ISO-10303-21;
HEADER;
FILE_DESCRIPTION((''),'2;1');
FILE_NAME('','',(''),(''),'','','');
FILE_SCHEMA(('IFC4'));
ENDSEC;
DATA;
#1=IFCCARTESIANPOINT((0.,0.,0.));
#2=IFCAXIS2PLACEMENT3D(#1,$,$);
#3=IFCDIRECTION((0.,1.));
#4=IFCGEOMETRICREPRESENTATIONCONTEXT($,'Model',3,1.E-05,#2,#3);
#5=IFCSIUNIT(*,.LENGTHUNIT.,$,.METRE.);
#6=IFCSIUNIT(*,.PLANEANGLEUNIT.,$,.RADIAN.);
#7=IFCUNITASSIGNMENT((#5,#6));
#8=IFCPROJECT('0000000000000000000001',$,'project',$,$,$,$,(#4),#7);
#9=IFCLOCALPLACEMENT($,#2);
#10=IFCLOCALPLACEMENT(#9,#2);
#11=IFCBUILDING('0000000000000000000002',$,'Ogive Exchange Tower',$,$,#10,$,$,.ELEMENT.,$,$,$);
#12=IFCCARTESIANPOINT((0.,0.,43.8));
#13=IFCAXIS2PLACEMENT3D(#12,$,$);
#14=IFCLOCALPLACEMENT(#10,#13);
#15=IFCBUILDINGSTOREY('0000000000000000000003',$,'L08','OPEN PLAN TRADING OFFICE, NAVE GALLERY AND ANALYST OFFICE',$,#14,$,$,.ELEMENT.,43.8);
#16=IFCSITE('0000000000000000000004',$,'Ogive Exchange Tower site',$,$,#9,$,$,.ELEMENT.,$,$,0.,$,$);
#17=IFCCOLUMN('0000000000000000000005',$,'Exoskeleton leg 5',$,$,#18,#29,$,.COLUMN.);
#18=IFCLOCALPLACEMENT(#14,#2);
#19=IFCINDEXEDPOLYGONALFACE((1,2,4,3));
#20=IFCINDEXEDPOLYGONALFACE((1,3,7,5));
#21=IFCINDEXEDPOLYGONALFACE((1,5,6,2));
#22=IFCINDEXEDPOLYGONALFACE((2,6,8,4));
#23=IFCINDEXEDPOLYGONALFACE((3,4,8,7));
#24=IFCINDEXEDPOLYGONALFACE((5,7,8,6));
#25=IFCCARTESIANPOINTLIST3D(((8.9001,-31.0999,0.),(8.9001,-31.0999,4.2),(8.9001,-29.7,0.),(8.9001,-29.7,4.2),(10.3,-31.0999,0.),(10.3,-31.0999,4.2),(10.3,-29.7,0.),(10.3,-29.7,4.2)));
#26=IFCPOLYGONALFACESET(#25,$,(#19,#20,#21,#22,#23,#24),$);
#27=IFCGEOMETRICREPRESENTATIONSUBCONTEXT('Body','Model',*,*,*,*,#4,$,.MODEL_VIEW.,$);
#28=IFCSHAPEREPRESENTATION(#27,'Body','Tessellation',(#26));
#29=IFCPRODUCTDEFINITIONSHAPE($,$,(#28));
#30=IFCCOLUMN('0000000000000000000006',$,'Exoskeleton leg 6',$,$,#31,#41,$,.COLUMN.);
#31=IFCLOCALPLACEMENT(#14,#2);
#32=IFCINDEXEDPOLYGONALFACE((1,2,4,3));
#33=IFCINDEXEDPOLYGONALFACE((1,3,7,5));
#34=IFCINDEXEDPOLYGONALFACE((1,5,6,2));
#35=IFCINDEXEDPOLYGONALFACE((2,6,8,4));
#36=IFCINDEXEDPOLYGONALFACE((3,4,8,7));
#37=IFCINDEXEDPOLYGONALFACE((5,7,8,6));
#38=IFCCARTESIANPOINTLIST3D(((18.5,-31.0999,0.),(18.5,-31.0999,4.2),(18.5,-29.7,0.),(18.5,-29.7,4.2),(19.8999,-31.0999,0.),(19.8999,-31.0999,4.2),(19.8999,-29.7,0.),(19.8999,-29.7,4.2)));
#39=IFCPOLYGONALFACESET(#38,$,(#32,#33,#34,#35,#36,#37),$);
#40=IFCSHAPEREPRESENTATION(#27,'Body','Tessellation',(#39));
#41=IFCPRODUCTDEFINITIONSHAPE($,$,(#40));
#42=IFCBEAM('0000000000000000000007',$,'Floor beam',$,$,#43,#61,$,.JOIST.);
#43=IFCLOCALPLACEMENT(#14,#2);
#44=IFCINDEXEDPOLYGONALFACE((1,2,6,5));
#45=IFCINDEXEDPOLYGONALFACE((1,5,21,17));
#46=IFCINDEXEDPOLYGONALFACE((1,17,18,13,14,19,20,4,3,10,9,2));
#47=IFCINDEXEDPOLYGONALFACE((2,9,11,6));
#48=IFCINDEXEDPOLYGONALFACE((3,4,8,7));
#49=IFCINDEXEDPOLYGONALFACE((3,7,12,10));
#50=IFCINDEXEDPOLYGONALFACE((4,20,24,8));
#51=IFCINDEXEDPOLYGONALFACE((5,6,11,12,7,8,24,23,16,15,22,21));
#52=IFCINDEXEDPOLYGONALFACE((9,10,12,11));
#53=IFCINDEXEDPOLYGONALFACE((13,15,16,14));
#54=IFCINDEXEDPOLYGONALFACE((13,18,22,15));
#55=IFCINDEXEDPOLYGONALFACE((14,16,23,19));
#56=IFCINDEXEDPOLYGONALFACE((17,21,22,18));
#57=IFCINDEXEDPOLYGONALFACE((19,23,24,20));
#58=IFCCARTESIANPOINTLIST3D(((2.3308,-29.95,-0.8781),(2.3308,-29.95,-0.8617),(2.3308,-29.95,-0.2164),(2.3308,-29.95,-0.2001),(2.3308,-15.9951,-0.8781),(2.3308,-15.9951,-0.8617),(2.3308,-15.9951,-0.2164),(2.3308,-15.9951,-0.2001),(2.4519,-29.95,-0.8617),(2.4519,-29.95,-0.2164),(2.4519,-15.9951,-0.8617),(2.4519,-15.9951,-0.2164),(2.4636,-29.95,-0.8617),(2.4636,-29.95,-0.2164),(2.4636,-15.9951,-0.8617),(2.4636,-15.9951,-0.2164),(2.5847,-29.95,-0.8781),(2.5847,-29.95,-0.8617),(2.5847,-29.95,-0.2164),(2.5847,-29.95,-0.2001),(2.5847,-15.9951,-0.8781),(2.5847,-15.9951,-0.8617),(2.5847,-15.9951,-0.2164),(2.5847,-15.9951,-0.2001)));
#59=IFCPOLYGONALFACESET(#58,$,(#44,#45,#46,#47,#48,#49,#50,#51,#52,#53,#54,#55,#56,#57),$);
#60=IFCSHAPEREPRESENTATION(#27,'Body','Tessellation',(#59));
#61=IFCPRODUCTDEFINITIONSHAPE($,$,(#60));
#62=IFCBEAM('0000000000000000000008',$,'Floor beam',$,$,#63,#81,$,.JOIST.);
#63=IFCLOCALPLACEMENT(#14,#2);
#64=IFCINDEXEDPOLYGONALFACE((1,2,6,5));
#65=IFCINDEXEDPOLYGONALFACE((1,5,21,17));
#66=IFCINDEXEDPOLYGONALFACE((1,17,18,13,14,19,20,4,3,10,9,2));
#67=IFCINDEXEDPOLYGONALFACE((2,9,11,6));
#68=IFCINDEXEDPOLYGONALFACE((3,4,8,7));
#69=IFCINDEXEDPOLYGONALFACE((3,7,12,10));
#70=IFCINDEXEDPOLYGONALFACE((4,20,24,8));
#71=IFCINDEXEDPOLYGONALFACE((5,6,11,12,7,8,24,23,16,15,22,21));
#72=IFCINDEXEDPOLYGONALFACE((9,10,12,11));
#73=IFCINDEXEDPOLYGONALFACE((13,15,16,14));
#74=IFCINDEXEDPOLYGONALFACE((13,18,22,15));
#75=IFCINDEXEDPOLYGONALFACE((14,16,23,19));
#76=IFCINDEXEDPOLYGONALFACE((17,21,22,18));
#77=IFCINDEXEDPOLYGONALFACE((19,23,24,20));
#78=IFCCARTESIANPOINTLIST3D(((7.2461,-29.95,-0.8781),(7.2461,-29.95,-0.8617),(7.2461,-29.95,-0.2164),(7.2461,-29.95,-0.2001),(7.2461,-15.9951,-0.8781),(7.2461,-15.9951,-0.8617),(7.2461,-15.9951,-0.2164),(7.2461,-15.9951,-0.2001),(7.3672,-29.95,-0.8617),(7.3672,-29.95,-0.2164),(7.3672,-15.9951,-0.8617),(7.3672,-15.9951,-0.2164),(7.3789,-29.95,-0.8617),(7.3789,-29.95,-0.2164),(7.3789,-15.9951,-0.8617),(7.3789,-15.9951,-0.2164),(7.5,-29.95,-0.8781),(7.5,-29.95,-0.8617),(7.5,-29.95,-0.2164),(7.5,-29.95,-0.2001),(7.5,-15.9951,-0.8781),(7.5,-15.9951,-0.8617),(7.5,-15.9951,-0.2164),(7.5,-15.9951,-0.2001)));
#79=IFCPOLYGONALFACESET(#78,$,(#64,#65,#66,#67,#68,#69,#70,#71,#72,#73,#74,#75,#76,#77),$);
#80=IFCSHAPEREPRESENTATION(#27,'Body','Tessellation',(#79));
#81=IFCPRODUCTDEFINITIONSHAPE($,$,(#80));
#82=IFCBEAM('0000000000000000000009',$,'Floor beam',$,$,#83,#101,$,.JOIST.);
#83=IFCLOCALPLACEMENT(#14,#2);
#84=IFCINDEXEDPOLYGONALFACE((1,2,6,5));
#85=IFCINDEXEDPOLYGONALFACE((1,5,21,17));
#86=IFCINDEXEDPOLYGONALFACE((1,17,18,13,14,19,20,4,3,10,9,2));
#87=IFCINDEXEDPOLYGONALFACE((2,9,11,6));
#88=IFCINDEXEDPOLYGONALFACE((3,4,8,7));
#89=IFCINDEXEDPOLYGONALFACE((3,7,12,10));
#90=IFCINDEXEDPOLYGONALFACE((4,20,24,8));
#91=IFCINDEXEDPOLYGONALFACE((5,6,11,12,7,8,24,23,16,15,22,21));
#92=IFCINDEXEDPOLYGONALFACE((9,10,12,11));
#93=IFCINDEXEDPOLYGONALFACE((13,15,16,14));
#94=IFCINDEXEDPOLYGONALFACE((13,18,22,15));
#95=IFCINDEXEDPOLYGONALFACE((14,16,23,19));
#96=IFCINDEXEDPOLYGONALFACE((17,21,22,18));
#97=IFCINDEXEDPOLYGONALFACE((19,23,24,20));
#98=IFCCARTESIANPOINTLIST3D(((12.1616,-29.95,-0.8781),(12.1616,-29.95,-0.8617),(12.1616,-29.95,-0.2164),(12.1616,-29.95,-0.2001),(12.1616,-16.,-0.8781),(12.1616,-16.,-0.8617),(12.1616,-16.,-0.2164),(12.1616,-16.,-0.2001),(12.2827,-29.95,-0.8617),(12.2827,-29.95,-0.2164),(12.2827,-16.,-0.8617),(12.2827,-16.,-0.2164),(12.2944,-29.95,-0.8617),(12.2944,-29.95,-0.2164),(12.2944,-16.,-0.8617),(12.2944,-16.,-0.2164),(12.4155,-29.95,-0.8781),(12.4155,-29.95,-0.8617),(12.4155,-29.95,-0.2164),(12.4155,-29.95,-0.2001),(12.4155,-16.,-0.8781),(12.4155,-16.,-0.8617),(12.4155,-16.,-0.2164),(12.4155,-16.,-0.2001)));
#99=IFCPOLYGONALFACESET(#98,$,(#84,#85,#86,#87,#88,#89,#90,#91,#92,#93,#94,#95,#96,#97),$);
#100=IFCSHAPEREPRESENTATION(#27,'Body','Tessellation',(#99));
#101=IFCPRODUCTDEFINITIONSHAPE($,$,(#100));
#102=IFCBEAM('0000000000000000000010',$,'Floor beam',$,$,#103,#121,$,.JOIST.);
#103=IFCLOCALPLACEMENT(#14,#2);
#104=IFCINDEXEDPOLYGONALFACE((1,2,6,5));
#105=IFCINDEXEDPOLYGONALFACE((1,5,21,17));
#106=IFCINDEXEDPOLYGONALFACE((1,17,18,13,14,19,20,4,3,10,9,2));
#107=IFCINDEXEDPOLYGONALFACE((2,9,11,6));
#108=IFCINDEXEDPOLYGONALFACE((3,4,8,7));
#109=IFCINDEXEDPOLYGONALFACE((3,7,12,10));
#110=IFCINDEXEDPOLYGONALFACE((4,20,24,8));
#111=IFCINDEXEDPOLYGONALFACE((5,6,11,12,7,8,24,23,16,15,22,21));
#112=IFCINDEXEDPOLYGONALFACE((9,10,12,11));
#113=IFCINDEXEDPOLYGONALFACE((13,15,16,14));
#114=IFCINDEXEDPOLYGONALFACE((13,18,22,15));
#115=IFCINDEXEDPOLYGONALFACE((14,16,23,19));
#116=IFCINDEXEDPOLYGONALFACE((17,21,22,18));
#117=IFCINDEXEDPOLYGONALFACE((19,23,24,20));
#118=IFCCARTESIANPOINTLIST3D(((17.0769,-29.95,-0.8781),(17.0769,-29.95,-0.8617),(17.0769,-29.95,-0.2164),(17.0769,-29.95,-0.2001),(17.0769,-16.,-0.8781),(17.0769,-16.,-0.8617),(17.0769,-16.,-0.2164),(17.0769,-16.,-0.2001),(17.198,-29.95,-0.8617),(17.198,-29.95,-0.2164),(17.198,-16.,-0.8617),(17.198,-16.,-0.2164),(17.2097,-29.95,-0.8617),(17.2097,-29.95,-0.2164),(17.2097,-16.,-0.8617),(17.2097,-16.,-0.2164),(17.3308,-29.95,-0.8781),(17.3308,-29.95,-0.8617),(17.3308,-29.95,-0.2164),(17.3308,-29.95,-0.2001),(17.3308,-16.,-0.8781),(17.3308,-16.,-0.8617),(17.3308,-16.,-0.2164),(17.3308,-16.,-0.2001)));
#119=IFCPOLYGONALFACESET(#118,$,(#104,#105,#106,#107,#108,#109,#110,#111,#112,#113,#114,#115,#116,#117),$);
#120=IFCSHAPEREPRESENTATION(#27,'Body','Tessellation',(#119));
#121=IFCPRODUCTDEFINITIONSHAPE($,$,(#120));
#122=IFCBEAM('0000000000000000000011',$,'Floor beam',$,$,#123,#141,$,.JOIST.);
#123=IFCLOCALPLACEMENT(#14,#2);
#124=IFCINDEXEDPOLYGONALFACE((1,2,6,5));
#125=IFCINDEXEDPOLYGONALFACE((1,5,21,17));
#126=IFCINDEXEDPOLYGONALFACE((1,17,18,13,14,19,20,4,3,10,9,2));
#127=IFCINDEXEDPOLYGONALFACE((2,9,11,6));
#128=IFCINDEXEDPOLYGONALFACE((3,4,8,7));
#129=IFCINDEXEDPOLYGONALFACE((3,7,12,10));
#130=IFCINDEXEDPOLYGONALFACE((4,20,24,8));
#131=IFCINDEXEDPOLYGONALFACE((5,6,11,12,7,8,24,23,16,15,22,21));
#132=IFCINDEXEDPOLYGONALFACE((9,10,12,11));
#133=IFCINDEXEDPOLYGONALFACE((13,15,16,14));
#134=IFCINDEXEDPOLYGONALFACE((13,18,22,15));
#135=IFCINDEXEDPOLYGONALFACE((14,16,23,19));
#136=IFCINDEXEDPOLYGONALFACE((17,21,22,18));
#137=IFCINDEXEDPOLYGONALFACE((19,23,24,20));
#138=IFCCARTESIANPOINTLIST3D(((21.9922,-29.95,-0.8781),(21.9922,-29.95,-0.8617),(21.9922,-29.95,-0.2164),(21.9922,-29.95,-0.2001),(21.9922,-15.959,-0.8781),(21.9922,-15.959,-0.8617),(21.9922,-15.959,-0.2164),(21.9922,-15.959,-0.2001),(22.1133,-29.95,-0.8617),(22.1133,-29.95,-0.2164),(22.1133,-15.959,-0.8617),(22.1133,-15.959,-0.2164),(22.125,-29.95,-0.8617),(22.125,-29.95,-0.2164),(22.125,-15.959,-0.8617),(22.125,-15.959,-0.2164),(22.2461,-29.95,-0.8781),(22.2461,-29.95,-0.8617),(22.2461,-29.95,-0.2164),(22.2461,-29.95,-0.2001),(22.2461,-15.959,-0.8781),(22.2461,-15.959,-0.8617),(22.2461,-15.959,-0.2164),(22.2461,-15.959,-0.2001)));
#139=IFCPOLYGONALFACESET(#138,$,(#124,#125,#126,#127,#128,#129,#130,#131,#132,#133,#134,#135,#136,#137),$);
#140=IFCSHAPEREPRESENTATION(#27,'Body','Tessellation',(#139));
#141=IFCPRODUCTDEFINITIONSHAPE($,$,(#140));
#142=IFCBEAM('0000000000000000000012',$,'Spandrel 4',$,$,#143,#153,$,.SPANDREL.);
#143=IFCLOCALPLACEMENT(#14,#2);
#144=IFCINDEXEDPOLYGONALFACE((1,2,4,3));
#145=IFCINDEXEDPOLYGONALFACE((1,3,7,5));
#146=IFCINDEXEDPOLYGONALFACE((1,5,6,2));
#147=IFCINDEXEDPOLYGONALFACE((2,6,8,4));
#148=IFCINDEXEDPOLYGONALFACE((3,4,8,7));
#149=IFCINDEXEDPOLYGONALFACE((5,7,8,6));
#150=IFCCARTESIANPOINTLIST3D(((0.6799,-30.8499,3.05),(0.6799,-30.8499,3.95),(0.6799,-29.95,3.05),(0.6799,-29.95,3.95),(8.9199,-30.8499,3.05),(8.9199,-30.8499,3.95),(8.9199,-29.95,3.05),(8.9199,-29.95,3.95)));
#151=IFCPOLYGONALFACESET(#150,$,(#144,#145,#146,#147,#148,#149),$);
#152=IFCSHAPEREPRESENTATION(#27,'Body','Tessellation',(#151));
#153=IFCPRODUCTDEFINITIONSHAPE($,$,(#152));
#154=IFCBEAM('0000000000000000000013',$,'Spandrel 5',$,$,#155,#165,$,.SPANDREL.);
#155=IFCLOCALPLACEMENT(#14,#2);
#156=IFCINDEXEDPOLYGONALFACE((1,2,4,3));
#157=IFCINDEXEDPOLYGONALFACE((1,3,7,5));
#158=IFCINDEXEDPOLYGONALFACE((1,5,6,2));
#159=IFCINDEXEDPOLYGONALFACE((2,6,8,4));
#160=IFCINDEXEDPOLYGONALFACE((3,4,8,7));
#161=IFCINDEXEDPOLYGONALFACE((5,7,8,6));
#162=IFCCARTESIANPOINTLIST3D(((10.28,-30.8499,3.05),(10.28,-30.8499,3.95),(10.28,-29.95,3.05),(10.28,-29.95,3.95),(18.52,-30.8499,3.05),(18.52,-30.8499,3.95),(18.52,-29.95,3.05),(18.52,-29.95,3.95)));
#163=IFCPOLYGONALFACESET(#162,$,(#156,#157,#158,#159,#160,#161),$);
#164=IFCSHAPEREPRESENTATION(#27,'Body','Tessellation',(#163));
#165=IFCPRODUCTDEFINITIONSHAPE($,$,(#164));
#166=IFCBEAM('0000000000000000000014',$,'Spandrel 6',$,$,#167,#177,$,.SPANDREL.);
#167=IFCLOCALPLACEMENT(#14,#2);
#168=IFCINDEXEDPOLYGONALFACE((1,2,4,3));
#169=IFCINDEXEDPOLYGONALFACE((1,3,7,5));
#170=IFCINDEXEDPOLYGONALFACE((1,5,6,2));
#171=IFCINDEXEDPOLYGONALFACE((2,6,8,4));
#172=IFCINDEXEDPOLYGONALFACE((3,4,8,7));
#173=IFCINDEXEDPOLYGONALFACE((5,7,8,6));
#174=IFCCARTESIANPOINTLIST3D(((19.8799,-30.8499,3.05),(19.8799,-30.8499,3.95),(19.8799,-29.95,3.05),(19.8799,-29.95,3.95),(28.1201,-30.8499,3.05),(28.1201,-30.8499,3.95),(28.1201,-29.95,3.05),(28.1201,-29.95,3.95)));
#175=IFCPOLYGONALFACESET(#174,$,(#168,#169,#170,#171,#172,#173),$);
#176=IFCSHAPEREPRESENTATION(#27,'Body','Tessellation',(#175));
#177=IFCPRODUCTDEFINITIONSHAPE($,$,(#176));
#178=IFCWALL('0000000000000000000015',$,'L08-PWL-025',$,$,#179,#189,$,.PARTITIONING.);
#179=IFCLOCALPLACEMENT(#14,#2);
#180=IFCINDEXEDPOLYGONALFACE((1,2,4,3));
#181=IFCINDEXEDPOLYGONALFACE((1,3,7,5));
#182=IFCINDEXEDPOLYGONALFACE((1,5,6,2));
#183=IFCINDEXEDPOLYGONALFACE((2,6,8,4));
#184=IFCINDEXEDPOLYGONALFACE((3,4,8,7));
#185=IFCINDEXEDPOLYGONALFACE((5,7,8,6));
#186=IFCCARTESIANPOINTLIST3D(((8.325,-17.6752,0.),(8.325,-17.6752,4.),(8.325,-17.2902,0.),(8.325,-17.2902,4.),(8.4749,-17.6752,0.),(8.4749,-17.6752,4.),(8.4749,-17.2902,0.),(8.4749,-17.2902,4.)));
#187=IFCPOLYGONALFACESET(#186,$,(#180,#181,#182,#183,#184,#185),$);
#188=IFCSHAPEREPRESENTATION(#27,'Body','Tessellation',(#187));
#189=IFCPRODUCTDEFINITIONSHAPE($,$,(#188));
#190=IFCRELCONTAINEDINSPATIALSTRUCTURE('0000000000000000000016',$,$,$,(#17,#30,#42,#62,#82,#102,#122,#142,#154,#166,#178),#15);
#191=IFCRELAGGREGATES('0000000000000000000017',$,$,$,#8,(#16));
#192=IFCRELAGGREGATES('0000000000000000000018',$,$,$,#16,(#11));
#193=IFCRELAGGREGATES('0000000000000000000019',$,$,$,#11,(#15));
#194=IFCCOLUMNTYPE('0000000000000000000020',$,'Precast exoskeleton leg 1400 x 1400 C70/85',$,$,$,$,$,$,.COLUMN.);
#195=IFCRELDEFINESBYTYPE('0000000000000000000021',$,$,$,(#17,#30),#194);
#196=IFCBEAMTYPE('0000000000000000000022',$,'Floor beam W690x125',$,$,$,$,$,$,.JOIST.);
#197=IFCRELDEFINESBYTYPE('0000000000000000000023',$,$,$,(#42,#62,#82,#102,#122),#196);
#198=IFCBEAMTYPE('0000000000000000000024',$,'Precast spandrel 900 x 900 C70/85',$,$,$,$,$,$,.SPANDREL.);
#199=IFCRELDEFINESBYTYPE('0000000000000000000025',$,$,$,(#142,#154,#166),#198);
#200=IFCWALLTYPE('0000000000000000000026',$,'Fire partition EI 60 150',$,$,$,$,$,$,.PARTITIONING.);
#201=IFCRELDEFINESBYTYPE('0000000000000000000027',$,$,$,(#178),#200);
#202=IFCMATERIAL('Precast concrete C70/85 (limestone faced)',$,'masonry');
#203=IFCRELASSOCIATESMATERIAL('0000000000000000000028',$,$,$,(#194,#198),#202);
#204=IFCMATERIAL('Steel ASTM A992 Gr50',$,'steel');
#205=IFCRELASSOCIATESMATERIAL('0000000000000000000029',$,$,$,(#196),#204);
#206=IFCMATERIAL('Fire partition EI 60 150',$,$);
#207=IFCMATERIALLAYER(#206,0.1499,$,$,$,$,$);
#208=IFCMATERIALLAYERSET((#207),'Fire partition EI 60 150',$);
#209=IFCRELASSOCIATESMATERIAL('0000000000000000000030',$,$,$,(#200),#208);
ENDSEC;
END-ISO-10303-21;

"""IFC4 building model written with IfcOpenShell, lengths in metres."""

from ifc_helpers import new_model, si_unit, direction, frame, frame_2d, origin, origin_2d, place, context, subcontext, project, spatial, rectangle, i_section, extrude, material, layer, layer_set, material_profile, profile_set, type_object, element, save


model = new_model("IFC4")

# Units and contexts
model_context = context("Model", 3, precision=1e-05, world=origin(), true_north=direction((0.0, 1.0)))
body_context = subcontext(model_context, "Body", "Model", "MODEL_VIEW")
ifc_project = project(units=[si_unit("LENGTHUNIT", "METRE"), si_unit("PLANEANGLEUNIT", "RADIAN")], contexts=[model_context])

# Site, building, storey
site_placement = place(None, origin())
site = spatial("IfcSite", under=ifc_project, at=site_placement, Name="Ogive Exchange Tower site", CompositionType="ELEMENT", RefElevation=0.0)
building_placement = place(site_placement, origin())
building = spatial("IfcBuilding", under=site, at=building_placement, Name="Ogive Exchange Tower", CompositionType="ELEMENT")
storey_placement = place(building_placement, frame((0.0, 0.0, 43.8)))
storey = spatial("IfcBuildingStorey", under=building, at=storey_placement, Name="L08", Description="OPEN PLAN TRADING OFFICE, NAVE GALLERY AND ANALYST OFFICE", CompositionType="ELEMENT", Elevation=43.8)

# Columns
ifc_material_1 = material(Name="Precast concrete C70/85 (limestone faced)", Category="masonry")
ifc_material_profile_1 = material_profile(ifc_material_1, rectangle(XDim=1.3999, YDim=1.3999, at=origin_2d()), Name="1400 x 1400")
ifc_profile_set_1 = profile_set([ifc_material_profile_1], Name="Precast concrete C70/85 (limestone faced)")
column_type = type_object("IfcColumnType", Name="Precast exoskeleton leg 1400 x 1400 C70/85", PredefinedType="COLUMN", material=ifc_profile_set_1)
for number, where, z_axis, x_axis, name in (
    (1, (9.6001, -30.3999, 0.0), (0.0, 0.0, 1.0), (1.0, 0.0, 0.0), "Exoskeleton leg 5"),
    (2, (19.2, -30.3999, 0.0), (0.0, 0.0, 1.0), (1.0, 0.0, 0.0), "Exoskeleton leg 6"),
):
    element("IfcColumn", number, at=place(storey_placement, frame(where, z_axis=z_axis, x_axis=x_axis)), inside=storey, type_object=column_type, Name=name, PredefinedType="COLUMN", context=body_context, shape_type="SweptSolid", body=[
        extrude(rectangle(XDim=1.3999, YDim=1.3999, at=origin_2d()), origin(), (0.0, 0.0, 1.0), 4.2),
    ])

# Beams
ifc_material_2 = material(Name="Steel ASTM A992 Gr50", Category="steel")
ifc_material_profile_2 = material_profile(ifc_material_2, i_section(OverallWidth=0.2539, OverallDepth=0.678, WebThickness=0.0117, FlangeThickness=0.0164, at=origin_2d()), Name="W690x125")
ifc_profile_set_2 = profile_set([ifc_material_profile_2], Name="Steel ASTM A992 Gr50")
beam_type_1 = type_object("IfcBeamType", Name="Floor beam W690x125", PredefinedType="JOIST", material=ifc_profile_set_2)
for number, where, z_axis, x_axis, name in (
    (3, (2.4578, -29.95, -0.5391), (0.0, 1.0, 0.0), (-1.0, 0.0, 0.0), "Floor beam"),
    (4, (7.373, -29.95, -0.5391), (0.0, 1.0, 0.0), (-1.0, 0.0, 0.0), "Floor beam"),
):
    element("IfcBeam", number, at=place(storey_placement, frame(where, z_axis=z_axis, x_axis=x_axis)), inside=storey, type_object=beam_type_1, Name=name, PredefinedType="JOIST", context=body_context, shape_type="SweptSolid", body=[
        extrude(i_section(OverallWidth=0.2539, OverallDepth=0.678, WebThickness=0.0117, FlangeThickness=0.0164, at=origin_2d()), origin(), (0.0, 0.0, 1.0), 13.9548),
    ])
for number, where, z_axis, x_axis, name in (
    (5, (12.2886, -29.95, -0.5391), (0.0, 1.0, 0.0), (-1.0, 0.0, 0.0), "Floor beam"),
    (6, (17.2039, -29.95, -0.5391), (0.0, 1.0, 0.0), (-1.0, 0.0, 0.0), "Floor beam"),
):
    element("IfcBeam", number, at=place(storey_placement, frame(where, z_axis=z_axis, x_axis=x_axis)), inside=storey, type_object=beam_type_1, Name=name, PredefinedType="JOIST", context=body_context, shape_type="SweptSolid", body=[
        extrude(i_section(OverallWidth=0.2539, OverallDepth=0.678, WebThickness=0.0117, FlangeThickness=0.0164, at=origin_2d()), origin(), (0.0, 0.0, 1.0), 13.95),
    ])
beam_1_placement = place(storey_placement, frame((22.1191, -29.95, -0.5391), z_axis=(0.0, 1.0, 0.0), x_axis=(-1.0, 0.0, 0.0)))
element("IfcBeam", 7, at=beam_1_placement, inside=storey, type_object=beam_type_1, Name="Floor beam", PredefinedType="JOIST", context=body_context, shape_type="SweptSolid", body=[
    extrude(i_section(OverallWidth=0.2539, OverallDepth=0.678, WebThickness=0.0117, FlangeThickness=0.0164, at=origin_2d()), origin(), (0.0, 0.0, 1.0), 13.991),
])
ifc_material_profile_3 = material_profile(ifc_material_1, rectangle(XDim=0.8999, YDim=0.8999, at=origin_2d()), Name="900 x 900")
ifc_profile_set_3 = profile_set([ifc_material_profile_3], Name="Precast concrete C70/85 (limestone faced)")
beam_type_2 = type_object("IfcBeamType", Name="Precast spandrel 900 x 900 C70/85", PredefinedType="SPANDREL", material=ifc_profile_set_3)
for number, where, z_axis, x_axis, name in (
    (8, (0.6799, -30.3999, 3.5), (1.0, 0.0, 0.0), (0.0, 1.0, 0.0), "Spandrel 4"),
    (9, (10.28, -30.3999, 3.5), (1.0, 0.0, 0.0), (0.0, 1.0, 0.0), "Spandrel 5"),
):
    element("IfcBeam", number, at=place(storey_placement, frame(where, z_axis=z_axis, x_axis=x_axis)), inside=storey, type_object=beam_type_2, Name=name, PredefinedType="SPANDREL", context=body_context, shape_type="SweptSolid", body=[
        extrude(rectangle(XDim=0.8999, YDim=0.8999, at=origin_2d()), origin(), (0.0, 0.0, 1.0), 8.24),
    ])
beam_2_placement = place(storey_placement, frame((19.8799, -30.3999, 3.5), z_axis=(1.0, 0.0, 0.0), x_axis=(0.0, 1.0, 0.0)))
element("IfcBeam", 10, at=beam_2_placement, inside=storey, type_object=beam_type_2, Name="Spandrel 6", PredefinedType="SPANDREL", context=body_context, shape_type="SweptSolid", body=[
    extrude(rectangle(XDim=0.8999, YDim=0.8999, at=origin_2d()), origin(), (0.0, 0.0, 1.0), 8.2402),
])

# Wall
ifc_material_3 = material(Name="Fire partition EI 60 150")
ifc_layer_1 = layer(ifc_material_3, 0.1499)
ifc_layer_set_1 = layer_set([ifc_layer_1], Name="Fire partition EI 60 150")
wall_type_1 = type_object("IfcWallType", Name="Fire partition EI 60 150", PredefinedType="PARTITIONING", material=ifc_layer_set_1)
wall_1_placement = place(storey_placement, frame((8.3999, -17.675, 0.0), z_axis=(0.0, 0.0, 1.0), x_axis=(0.0, 1.0, 0.0)))
element("IfcWall", 11, at=wall_1_placement, inside=storey, type_object=wall_type_1, Name="L08-PWL-025", PredefinedType="PARTITIONING", context=body_context, shape_type="SweptSolid", body=[
    extrude(rectangle(XDim=0.385, YDim=0.1499, at=frame_2d((0.1924, 0.0))), origin(), (0.0, 0.0, 1.0), 4.0),
])

save(model, "model.ifc")
